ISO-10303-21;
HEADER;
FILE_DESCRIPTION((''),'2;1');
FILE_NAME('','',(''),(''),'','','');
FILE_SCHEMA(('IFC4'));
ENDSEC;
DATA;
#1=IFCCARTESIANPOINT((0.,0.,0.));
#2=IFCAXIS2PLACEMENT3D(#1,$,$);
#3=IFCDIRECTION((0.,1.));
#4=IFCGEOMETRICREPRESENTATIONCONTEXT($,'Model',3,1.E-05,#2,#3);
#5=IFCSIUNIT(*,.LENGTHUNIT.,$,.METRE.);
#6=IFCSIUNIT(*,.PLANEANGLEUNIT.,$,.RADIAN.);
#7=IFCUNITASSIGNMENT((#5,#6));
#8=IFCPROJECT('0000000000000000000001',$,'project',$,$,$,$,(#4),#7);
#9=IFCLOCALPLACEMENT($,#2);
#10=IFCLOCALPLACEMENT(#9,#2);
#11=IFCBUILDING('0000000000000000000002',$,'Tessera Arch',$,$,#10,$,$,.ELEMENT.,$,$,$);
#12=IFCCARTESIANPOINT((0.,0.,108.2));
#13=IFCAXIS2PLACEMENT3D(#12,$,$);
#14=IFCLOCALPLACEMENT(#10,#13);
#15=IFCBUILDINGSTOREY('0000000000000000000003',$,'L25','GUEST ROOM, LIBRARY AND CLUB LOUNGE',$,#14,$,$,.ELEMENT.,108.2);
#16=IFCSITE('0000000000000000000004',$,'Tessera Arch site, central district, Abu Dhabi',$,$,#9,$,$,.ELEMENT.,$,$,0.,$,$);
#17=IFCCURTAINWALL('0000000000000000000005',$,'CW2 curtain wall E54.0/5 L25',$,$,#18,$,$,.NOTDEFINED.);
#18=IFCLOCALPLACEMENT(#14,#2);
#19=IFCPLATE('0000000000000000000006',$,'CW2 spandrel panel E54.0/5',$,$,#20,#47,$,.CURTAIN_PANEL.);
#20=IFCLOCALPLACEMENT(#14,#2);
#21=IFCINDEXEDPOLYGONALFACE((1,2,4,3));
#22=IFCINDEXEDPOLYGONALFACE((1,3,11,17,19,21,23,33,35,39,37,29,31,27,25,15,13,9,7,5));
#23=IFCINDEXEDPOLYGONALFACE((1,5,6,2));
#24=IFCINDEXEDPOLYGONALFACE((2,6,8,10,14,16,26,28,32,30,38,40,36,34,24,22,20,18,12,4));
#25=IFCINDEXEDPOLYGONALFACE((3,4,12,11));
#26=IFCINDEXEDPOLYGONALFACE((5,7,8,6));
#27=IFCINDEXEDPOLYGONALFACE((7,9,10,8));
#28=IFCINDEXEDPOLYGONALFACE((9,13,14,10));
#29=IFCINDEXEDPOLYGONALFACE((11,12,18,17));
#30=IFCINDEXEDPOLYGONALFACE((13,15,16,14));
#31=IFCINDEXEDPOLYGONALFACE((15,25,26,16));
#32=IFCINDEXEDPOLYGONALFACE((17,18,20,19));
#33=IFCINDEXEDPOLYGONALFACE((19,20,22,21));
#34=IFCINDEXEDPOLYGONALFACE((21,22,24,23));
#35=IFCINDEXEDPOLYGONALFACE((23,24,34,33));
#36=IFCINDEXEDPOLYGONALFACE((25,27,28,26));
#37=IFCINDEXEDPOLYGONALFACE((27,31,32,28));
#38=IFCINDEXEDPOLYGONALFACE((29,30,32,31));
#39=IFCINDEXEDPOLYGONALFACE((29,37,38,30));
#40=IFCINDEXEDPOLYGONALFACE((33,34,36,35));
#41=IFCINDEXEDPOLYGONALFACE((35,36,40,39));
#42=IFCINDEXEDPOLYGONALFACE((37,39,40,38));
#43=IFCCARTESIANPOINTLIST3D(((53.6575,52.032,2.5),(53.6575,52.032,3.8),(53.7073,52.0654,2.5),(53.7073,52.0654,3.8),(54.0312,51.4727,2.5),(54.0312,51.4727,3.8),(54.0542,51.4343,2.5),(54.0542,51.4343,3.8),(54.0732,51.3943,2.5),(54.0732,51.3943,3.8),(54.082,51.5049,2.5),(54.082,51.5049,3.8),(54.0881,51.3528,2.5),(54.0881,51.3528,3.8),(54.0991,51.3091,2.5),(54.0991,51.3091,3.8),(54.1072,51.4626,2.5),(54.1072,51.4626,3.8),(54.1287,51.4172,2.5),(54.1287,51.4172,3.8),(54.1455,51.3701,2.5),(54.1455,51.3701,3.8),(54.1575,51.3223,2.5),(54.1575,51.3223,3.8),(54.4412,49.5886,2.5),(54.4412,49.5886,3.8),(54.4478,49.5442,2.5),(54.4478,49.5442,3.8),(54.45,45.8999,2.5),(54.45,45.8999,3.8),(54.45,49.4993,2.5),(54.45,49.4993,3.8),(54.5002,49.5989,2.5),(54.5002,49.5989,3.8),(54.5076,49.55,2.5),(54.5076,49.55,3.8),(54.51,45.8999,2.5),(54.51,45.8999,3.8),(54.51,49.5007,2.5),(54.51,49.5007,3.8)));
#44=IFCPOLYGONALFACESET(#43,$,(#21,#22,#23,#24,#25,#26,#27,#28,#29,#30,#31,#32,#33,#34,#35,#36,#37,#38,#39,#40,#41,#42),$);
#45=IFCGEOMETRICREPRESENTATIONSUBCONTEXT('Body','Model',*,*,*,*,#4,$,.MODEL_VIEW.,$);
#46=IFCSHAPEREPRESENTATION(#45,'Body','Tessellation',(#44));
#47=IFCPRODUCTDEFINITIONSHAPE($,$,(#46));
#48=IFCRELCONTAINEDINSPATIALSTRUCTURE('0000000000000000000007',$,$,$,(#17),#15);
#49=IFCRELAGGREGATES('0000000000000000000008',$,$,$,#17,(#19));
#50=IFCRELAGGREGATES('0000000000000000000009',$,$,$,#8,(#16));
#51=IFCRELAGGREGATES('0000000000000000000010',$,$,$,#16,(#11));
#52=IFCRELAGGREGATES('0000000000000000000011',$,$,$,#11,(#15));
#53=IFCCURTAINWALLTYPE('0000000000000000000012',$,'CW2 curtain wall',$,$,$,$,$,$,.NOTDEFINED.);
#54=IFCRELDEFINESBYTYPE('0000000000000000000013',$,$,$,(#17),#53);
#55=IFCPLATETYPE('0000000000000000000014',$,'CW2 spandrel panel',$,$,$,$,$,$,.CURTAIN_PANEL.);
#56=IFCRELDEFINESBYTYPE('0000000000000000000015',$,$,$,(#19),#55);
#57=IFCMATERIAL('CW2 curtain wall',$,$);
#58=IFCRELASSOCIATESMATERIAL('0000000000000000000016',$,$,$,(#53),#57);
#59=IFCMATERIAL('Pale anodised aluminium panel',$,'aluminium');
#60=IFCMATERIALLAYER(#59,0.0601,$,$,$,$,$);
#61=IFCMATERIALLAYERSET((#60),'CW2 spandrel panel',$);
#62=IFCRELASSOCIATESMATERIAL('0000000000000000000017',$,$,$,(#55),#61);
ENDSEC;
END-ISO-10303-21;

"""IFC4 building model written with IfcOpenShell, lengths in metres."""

from ifc_helpers import new_model, si_unit, direction, frame, origin, place, context, subcontext, project, spatial, polyline, outline, extrude, material, layer, layer_set, type_object, element, aggregate, save


model = new_model("IFC4")

# Units and contexts
model_context = context("Model", 3, precision=1e-05, world=origin(), true_north=direction((0.0, 1.0)))
body_context = subcontext(model_context, "Body", "Model", "MODEL_VIEW")
ifc_project = project(units=[si_unit("LENGTHUNIT", "METRE"), si_unit("PLANEANGLEUNIT", "RADIAN")], contexts=[model_context])

# Site, building, storey
site_placement = place(None, origin())
site = spatial("IfcSite", under=ifc_project, at=site_placement, Name="Tessera Arch site, central district, Abu Dhabi", CompositionType="ELEMENT", RefElevation=0.0)
building_placement = place(site_placement, origin())
building = spatial("IfcBuilding", under=site, at=building_placement, Name="Tessera Arch", CompositionType="ELEMENT")
storey_placement = place(building_placement, frame((0.0, 0.0, 108.2)))
storey = spatial("IfcBuildingStorey", under=building, at=storey_placement, Name="L25", Description="GUEST ROOM, LIBRARY AND CLUB LOUNGE", CompositionType="ELEMENT", Elevation=108.2)

# Curtain wall
ifc_material_1 = material(Name="CW2 curtain wall")
curtain_wall_type = type_object("IfcCurtainWallType", Name="CW2 curtain wall", PredefinedType="NOTDEFINED", material=ifc_material_1)
curtain_wall_1_placement = place(storey_placement, origin())
curtain_wall_1 = element("IfcCurtainWall", 1, at=curtain_wall_1_placement, inside=storey, type_object=curtain_wall_type, Name="CW2 curtain wall E54.0/5 L25", PredefinedType="NOTDEFINED")

# Plate
ifc_material_2 = material(Name="Pale anodised aluminium panel", Category="aluminium")
ifc_layer_1 = layer(ifc_material_2, 0.0601)
ifc_layer_set_1 = layer_set([ifc_layer_1], Name="CW2 spandrel panel")
plate_type_1 = type_object("IfcPlateType", Name="CW2 spandrel panel", PredefinedType="CURTAIN_PANEL", material=ifc_layer_set_1)
plate_1_placement = place(storey_placement, frame((0.0, 0.0, 2.5)))
plate_1 = element("IfcPlate", 2, at=plate_1_placement, type_object=plate_type_1, Name="CW2 spandrel panel E54.0/5", PredefinedType="CURTAIN_PANEL", context=body_context, shape_type="SweptSolid", body=[
    extrude(outline(polyline([(54.45, 49.4993), (54.45, 45.8999), (54.51, 45.8999), (54.51, 49.5007), (54.5076, 49.55), (54.5002, 49.5989), (54.1575, 51.3223), (54.1455, 51.3701), (54.1287, 51.4172), (54.1072, 51.4626), (54.082, 51.5049), (53.7073, 52.0654), (53.6575, 52.032), (54.0312, 51.4727), (54.0542, 51.4343), (54.0732, 51.3943), (54.0881, 51.3528), (54.0991, 51.3091), (54.4412, 49.5886), (54.4478, 49.5442), (54.45, 49.4993)])), origin(), (0.0, 0.0, 1.0), 1.3),
])
aggregate(curtain_wall_1, [plate_1])

save(model, "model.ifc")
